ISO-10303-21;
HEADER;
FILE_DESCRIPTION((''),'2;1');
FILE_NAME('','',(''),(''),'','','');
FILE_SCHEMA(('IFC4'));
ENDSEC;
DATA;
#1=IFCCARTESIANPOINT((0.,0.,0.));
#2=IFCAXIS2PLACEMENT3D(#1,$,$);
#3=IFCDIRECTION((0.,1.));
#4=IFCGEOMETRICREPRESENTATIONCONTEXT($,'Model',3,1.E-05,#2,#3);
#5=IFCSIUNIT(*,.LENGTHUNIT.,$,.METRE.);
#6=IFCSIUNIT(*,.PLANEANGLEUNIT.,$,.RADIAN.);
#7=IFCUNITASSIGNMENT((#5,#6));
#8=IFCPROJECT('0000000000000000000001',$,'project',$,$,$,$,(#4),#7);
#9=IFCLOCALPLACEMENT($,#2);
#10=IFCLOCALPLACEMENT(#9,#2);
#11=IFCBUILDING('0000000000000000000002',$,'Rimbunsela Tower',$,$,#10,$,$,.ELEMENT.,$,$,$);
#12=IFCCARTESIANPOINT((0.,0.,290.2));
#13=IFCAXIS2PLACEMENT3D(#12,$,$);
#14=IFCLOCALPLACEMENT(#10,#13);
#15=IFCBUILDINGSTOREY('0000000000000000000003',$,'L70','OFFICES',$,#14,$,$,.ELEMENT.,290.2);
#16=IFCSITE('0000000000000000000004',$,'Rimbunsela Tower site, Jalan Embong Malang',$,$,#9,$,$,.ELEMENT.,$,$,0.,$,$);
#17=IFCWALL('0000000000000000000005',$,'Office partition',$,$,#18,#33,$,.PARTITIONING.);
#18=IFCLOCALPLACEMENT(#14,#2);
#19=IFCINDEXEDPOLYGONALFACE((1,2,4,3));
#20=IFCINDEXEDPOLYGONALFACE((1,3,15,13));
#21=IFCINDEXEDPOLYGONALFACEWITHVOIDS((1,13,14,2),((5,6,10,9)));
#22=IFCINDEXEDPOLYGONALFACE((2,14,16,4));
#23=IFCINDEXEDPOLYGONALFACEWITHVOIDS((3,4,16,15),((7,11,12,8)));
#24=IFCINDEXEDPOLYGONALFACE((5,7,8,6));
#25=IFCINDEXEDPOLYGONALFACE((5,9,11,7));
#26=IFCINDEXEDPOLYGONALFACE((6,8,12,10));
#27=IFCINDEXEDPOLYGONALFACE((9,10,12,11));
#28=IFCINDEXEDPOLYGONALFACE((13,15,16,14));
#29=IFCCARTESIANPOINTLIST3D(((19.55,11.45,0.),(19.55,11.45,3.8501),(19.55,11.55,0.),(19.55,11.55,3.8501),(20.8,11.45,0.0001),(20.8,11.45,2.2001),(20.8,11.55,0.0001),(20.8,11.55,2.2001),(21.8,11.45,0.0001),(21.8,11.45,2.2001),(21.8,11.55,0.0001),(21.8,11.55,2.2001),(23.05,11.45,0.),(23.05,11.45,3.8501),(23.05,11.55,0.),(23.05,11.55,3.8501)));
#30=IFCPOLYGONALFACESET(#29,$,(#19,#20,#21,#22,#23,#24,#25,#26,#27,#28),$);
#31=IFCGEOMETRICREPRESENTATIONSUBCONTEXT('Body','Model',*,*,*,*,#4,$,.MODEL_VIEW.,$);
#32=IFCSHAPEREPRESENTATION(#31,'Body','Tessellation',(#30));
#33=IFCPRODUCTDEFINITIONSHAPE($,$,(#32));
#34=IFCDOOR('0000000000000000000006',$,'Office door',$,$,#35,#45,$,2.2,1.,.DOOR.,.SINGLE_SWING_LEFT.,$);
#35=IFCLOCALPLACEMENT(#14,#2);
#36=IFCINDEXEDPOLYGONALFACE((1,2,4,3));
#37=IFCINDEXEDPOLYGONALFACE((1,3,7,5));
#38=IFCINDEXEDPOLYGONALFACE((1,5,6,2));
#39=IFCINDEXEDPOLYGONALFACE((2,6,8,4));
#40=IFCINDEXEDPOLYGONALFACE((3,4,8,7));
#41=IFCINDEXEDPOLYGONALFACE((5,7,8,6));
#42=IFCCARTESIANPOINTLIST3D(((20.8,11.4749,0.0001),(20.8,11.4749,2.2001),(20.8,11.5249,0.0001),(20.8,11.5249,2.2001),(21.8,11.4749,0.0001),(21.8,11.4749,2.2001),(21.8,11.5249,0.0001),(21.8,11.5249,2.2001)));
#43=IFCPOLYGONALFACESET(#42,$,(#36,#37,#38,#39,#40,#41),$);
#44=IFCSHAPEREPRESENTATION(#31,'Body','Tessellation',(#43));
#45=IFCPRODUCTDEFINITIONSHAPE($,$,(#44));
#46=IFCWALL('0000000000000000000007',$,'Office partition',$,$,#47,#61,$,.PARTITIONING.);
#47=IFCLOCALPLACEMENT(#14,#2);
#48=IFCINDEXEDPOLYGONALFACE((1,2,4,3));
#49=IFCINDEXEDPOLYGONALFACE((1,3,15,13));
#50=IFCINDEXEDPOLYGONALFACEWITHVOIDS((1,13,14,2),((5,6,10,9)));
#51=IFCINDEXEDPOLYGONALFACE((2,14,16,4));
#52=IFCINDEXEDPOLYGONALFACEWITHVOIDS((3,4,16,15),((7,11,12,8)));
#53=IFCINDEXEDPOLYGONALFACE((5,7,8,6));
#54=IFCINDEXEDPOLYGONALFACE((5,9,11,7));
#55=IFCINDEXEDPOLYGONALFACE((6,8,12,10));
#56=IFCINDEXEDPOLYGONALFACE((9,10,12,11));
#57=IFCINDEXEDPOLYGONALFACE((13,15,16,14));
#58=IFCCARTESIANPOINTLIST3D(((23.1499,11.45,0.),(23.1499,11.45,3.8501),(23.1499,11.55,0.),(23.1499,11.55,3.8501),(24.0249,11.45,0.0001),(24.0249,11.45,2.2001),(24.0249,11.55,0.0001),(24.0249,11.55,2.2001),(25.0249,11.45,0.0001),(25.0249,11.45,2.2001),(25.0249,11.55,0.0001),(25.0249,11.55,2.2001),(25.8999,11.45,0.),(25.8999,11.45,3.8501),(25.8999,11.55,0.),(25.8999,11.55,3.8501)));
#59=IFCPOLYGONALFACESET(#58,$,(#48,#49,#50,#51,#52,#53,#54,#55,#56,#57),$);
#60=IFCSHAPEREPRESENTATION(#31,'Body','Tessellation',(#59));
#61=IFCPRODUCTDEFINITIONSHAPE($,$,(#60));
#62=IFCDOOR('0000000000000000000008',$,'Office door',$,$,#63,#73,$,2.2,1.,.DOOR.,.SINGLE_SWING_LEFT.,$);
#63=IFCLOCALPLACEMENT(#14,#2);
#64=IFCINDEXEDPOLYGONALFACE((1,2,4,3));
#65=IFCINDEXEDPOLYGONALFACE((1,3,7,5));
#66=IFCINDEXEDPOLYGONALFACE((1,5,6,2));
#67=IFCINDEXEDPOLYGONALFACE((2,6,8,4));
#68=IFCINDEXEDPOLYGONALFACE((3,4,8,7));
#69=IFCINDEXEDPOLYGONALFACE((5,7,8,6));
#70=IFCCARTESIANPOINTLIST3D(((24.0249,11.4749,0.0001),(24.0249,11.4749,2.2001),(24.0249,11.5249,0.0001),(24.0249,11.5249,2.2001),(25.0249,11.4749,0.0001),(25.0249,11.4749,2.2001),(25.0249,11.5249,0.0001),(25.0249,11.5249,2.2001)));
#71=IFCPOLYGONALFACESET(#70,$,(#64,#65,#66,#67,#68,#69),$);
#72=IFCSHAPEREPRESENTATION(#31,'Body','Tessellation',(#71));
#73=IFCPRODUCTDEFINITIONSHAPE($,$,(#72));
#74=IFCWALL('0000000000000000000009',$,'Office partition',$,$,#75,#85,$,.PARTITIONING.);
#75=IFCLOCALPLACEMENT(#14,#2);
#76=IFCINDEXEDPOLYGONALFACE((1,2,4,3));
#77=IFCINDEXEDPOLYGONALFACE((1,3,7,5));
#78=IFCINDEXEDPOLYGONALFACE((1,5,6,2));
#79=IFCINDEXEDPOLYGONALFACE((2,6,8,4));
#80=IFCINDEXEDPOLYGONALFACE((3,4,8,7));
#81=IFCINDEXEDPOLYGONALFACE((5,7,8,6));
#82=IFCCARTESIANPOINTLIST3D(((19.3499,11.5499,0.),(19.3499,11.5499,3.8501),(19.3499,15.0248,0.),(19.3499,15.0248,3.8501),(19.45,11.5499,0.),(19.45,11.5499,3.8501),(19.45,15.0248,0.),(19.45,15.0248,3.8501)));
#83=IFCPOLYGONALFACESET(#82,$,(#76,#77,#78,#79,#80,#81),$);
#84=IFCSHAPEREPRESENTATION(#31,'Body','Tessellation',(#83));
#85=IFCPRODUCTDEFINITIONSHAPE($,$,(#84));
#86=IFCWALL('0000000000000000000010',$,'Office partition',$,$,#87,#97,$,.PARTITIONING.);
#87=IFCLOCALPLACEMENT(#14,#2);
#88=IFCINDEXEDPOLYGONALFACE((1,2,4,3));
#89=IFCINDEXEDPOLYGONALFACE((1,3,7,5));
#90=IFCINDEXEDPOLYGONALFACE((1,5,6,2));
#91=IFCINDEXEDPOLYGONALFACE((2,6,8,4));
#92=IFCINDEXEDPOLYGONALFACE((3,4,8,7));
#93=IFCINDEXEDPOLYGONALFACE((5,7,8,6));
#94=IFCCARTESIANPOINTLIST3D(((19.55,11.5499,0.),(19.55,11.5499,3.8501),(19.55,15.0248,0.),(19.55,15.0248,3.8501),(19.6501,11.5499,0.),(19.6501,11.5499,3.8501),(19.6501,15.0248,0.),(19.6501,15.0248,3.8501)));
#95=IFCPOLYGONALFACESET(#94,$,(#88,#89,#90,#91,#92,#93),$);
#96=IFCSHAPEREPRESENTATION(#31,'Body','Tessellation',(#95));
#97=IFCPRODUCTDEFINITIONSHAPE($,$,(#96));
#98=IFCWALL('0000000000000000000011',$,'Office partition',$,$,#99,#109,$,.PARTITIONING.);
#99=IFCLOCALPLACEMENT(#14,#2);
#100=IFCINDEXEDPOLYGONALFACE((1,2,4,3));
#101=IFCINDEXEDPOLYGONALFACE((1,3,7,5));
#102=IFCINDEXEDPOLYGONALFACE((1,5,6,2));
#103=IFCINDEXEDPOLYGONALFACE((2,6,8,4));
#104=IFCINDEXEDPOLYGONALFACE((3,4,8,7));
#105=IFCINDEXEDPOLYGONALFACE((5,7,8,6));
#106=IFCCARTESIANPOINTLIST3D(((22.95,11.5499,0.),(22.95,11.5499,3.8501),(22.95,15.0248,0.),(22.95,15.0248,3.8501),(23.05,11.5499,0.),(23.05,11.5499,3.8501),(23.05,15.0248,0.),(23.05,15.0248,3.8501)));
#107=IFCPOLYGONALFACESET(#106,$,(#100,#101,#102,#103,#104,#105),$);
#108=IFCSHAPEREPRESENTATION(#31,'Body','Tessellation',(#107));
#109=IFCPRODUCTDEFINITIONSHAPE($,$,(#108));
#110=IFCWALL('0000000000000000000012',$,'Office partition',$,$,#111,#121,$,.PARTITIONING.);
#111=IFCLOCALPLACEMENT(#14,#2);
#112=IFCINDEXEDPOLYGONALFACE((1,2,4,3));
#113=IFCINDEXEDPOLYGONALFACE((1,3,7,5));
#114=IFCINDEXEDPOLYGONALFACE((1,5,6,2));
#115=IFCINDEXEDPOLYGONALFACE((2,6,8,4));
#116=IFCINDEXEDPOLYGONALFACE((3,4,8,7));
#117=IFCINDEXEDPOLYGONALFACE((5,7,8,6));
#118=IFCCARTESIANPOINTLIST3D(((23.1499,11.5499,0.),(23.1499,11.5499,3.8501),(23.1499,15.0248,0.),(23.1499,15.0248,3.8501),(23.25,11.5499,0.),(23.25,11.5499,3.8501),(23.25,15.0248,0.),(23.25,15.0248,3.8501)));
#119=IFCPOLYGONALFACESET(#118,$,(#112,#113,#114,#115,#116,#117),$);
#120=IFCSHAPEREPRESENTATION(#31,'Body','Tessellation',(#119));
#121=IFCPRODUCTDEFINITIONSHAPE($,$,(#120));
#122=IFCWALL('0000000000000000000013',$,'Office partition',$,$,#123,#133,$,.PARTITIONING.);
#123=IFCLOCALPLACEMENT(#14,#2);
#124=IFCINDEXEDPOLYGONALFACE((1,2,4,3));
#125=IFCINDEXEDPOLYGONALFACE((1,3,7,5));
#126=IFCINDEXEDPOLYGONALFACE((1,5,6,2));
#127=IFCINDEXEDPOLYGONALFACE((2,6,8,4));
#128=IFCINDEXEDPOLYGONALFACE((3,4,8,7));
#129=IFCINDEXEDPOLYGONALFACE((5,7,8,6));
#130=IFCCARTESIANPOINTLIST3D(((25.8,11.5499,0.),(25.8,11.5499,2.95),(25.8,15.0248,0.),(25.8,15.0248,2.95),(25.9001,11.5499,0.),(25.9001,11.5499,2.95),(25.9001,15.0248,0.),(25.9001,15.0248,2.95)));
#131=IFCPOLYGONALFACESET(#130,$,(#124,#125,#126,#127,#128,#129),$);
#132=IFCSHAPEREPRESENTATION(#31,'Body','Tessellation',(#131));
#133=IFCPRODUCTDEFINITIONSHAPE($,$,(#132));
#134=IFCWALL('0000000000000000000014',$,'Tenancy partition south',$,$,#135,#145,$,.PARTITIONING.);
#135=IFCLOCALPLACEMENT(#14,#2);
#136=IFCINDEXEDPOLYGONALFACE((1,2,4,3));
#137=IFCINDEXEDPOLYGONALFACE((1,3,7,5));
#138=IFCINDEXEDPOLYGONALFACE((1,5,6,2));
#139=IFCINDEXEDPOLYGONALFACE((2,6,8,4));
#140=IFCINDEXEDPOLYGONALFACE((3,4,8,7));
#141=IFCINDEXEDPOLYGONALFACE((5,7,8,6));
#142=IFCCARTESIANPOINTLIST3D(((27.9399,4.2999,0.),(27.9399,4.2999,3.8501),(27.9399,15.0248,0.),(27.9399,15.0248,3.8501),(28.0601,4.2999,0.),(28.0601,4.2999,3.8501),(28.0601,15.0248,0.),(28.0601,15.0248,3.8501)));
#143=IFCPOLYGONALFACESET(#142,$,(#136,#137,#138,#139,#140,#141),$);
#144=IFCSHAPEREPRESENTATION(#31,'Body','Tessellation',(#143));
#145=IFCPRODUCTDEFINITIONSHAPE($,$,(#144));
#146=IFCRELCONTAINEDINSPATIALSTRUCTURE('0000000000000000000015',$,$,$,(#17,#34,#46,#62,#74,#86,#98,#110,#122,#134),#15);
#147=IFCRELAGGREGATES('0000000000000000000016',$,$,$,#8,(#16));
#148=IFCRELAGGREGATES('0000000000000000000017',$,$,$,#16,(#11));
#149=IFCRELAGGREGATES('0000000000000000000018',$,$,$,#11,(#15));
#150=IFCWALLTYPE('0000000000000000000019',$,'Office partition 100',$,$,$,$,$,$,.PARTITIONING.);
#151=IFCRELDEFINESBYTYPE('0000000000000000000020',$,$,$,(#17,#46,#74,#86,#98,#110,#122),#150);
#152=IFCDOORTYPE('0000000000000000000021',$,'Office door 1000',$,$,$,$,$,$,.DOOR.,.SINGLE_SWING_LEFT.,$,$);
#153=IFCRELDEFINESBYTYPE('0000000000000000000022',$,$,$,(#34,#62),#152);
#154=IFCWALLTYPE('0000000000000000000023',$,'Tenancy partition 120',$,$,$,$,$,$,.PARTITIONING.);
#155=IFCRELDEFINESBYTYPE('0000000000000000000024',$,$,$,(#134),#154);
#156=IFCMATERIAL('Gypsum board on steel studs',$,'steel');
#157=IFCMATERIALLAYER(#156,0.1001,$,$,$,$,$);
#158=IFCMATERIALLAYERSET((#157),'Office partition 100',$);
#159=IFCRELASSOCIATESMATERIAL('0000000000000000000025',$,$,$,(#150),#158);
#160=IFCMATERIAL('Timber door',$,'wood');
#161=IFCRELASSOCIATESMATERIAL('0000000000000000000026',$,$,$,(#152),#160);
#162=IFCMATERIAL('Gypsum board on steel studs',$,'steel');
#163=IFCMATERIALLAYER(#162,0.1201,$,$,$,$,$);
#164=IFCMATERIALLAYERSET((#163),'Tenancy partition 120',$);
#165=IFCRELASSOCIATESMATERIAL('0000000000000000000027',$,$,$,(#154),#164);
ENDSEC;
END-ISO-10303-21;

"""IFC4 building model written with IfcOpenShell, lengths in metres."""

from ifc_helpers import new_model, si_unit, direction, frame, frame_2d, origin, place, context, subcontext, project, spatial, rectangle, extrude, material, layer, layer_set, type_object, element, fill, save


model = new_model("IFC4")

# Units and contexts
model_context = context("Model", 3, precision=1e-05, world=origin(), true_north=direction((0.0, 1.0)))
body_context = subcontext(model_context, "Body", "Model", "MODEL_VIEW")
ifc_project = project(units=[si_unit("LENGTHUNIT", "METRE"), si_unit("PLANEANGLEUNIT", "RADIAN")], contexts=[model_context])

# Site, building, storey
site_placement = place(None, origin())
site = spatial("IfcSite", under=ifc_project, at=site_placement, Name="Rimbunsela Tower site, Jalan Embong Malang", CompositionType="ELEMENT", RefElevation=0.0)
building_placement = place(site_placement, origin())
building = spatial("IfcBuilding", under=site, at=building_placement, Name="Rimbunsela Tower", CompositionType="ELEMENT")
storey_placement = place(building_placement, frame((0.0, 0.0, 290.2)))
storey = spatial("IfcBuildingStorey", under=building, at=storey_placement, Name="L70", Description="OFFICES", CompositionType="ELEMENT", Elevation=290.2)

# Walls, openings, doors
ifc_material_1 = material(Name="Gypsum board on steel studs", Category="steel")
ifc_layer_1 = layer(ifc_material_1, 0.1001)
ifc_layer_set_1 = layer_set([ifc_layer_1], Name="Office partition 100")
wall_type_1 = type_object("IfcWallType", Name="Office partition 100", PredefinedType="PARTITIONING", material=ifc_layer_set_1)
wall_1_placement = place(storey_placement, frame((19.55, 11.5, 0.0), z_axis=(0.0, 0.0, 1.0), x_axis=(1.0, 0.0, 0.0)))
wall_1 = element("IfcWall", 1, at=wall_1_placement, inside=storey, type_object=wall_type_1, Name="Office partition", PredefinedType="PARTITIONING", context=body_context, shape_type="SweptSolid", body=[
    extrude(rectangle(XDim=3.5, YDim=0.1001, at=frame_2d((1.75, 0.0))), origin(), (0.0, 0.0, 1.0), 3.8501),
])
opening_1_placement = place(wall_1_placement, frame((1.25, 0.0, 0.0)))
opening_1 = element("IfcOpeningElement", 2, at=opening_1_placement, cuts=wall_1, PredefinedType="OPENING", context=body_context, shape_type="SweptSolid", body=[
    extrude(rectangle(XDim=1.0, YDim=2.2, at=frame_2d((0.5, 1.1001))), frame((0.0, 0.0601, 0.0), z_axis=(0.0, -1.0, 0.0), x_axis=(1.0, 0.0, 0.0)), (0.0, 0.0, 1.0), 0.1201),
])
ifc_material_2 = material(Name="Timber door", Category="wood")
door_type_1 = type_object("IfcDoorType", Name="Office door 1000", OperationType="SINGLE_SWING_LEFT", PredefinedType="DOOR", material=ifc_material_2)
door_1_placement = place(opening_1_placement, origin())
door_1 = element("IfcDoor", 3, at=door_1_placement, inside=storey, type_object=door_type_1, Name="Office door", OperationType="SINGLE_SWING_LEFT", OverallHeight=2.2, OverallWidth=1.0, PredefinedType="DOOR", context=body_context, shape_type="SweptSolid", body=[
    extrude(rectangle(XDim=1.0, YDim=2.2, at=frame_2d((0.5, 1.1001))), frame((0.0, 0.0249, 0.0), z_axis=(0.0, -1.0, 0.0), x_axis=(1.0, 0.0, 0.0)), (0.0, 0.0, 1.0), 0.05),
])
fill(opening_1, door_1)
wall_2_placement = place(storey_placement, frame((23.1499, 11.5, 0.0), z_axis=(0.0, 0.0, 1.0), x_axis=(1.0, 0.0, 0.0)))
wall_2 = element("IfcWall", 4, at=wall_2_placement, inside=storey, type_object=wall_type_1, Name="Office partition", PredefinedType="PARTITIONING", context=body_context, shape_type="SweptSolid", body=[
    extrude(rectangle(XDim=2.75, YDim=0.1001, at=frame_2d((1.375, 0.0))), origin(), (0.0, 0.0, 1.0), 3.8501),
])
opening_2_placement = place(wall_2_placement, frame((0.875, 0.0, 0.0)))
opening_2 = element("IfcOpeningElement", 5, at=opening_2_placement, cuts=wall_2, PredefinedType="OPENING", context=body_context, shape_type="SweptSolid", body=[
    extrude(rectangle(XDim=1.0, YDim=2.2, at=frame_2d((0.5, 1.1001))), frame((0.0, 0.0601, 0.0), z_axis=(0.0, -1.0, 0.0), x_axis=(1.0, 0.0, 0.0)), (0.0, 0.0, 1.0), 0.1201),
])
door_2_placement = place(opening_2_placement, origin())
door_2 = element("IfcDoor", 6, at=door_2_placement, inside=storey, type_object=door_type_1, Name="Office door", OperationType="SINGLE_SWING_LEFT", OverallHeight=2.2, OverallWidth=1.0, PredefinedType="DOOR", context=body_context, shape_type="SweptSolid", body=[
    extrude(rectangle(XDim=1.0, YDim=2.2, at=frame_2d((0.5, 1.1001))), frame((0.0, 0.0249, 0.0), z_axis=(0.0, -1.0, 0.0), x_axis=(1.0, 0.0, 0.0)), (0.0, 0.0, 1.0), 0.05),
])
fill(opening_2, door_2)

# Walls
for number, where, z_axis, x_axis, name in (
    (7, (19.3999, 11.55, 0.0), (0.0, 0.0, 1.0), (0.0, 1.0, 0.0), "Office partition"),
    (8, (19.6001, 11.55, 0.0), (0.0, 0.0, 1.0), (0.0, 1.0, 0.0), "Office partition"),
    (9, (23.0, 11.55, 0.0), (0.0, 0.0, 1.0), (0.0, 1.0, 0.0), "Office partition"),
    (10, (23.2, 11.55, 0.0), (0.0, 0.0, 1.0), (0.0, 1.0, 0.0), "Office partition"),
):
    element("IfcWall", number, at=place(storey_placement, frame(where, z_axis=z_axis, x_axis=x_axis)), inside=storey, type_object=wall_type_1, Name=name, PredefinedType="PARTITIONING", context=body_context, shape_type="SweptSolid", body=[
        extrude(rectangle(XDim=3.4749, YDim=0.1001, at=frame_2d((1.7373, 0.0))), origin(), (0.0, 0.0, 1.0), 3.8501),
    ])
wall_3_placement = place(storey_placement, frame((25.8501, 11.55, 0.0), z_axis=(0.0, 0.0, 1.0), x_axis=(0.0, 1.0, 0.0)))
element("IfcWall", 11, at=wall_3_placement, inside=storey, type_object=wall_type_1, Name="Office partition", PredefinedType="PARTITIONING", context=body_context, shape_type="SweptSolid", body=[
    extrude(rectangle(XDim=3.4749, YDim=0.1001, at=frame_2d((1.7373, 0.0))), origin(), (0.0, 0.0, 1.0), 2.95),
])
ifc_material_3 = material(Name="Gypsum board on steel studs", Category="steel")
ifc_layer_2 = layer(ifc_material_3, 0.1201)
ifc_layer_set_2 = layer_set([ifc_layer_2], Name="Tenancy partition 120")
wall_type_2 = type_object("IfcWallType", Name="Tenancy partition 120", PredefinedType="PARTITIONING", material=ifc_layer_set_2)
wall_4_placement = place(storey_placement, frame((28.0, 4.3, 0.0), z_axis=(0.0, 0.0, 1.0), x_axis=(0.0, 1.0, 0.0)))
element("IfcWall", 12, at=wall_4_placement, inside=storey, type_object=wall_type_2, Name="Tenancy partition south", PredefinedType="PARTITIONING", context=body_context, shape_type="SweptSolid", body=[
    extrude(rectangle(XDim=10.7249, YDim=0.1201, at=frame_2d((5.3623, 0.0))), origin(), (0.0, 0.0, 1.0), 3.8501),
])

save(model, "model.ifc")
